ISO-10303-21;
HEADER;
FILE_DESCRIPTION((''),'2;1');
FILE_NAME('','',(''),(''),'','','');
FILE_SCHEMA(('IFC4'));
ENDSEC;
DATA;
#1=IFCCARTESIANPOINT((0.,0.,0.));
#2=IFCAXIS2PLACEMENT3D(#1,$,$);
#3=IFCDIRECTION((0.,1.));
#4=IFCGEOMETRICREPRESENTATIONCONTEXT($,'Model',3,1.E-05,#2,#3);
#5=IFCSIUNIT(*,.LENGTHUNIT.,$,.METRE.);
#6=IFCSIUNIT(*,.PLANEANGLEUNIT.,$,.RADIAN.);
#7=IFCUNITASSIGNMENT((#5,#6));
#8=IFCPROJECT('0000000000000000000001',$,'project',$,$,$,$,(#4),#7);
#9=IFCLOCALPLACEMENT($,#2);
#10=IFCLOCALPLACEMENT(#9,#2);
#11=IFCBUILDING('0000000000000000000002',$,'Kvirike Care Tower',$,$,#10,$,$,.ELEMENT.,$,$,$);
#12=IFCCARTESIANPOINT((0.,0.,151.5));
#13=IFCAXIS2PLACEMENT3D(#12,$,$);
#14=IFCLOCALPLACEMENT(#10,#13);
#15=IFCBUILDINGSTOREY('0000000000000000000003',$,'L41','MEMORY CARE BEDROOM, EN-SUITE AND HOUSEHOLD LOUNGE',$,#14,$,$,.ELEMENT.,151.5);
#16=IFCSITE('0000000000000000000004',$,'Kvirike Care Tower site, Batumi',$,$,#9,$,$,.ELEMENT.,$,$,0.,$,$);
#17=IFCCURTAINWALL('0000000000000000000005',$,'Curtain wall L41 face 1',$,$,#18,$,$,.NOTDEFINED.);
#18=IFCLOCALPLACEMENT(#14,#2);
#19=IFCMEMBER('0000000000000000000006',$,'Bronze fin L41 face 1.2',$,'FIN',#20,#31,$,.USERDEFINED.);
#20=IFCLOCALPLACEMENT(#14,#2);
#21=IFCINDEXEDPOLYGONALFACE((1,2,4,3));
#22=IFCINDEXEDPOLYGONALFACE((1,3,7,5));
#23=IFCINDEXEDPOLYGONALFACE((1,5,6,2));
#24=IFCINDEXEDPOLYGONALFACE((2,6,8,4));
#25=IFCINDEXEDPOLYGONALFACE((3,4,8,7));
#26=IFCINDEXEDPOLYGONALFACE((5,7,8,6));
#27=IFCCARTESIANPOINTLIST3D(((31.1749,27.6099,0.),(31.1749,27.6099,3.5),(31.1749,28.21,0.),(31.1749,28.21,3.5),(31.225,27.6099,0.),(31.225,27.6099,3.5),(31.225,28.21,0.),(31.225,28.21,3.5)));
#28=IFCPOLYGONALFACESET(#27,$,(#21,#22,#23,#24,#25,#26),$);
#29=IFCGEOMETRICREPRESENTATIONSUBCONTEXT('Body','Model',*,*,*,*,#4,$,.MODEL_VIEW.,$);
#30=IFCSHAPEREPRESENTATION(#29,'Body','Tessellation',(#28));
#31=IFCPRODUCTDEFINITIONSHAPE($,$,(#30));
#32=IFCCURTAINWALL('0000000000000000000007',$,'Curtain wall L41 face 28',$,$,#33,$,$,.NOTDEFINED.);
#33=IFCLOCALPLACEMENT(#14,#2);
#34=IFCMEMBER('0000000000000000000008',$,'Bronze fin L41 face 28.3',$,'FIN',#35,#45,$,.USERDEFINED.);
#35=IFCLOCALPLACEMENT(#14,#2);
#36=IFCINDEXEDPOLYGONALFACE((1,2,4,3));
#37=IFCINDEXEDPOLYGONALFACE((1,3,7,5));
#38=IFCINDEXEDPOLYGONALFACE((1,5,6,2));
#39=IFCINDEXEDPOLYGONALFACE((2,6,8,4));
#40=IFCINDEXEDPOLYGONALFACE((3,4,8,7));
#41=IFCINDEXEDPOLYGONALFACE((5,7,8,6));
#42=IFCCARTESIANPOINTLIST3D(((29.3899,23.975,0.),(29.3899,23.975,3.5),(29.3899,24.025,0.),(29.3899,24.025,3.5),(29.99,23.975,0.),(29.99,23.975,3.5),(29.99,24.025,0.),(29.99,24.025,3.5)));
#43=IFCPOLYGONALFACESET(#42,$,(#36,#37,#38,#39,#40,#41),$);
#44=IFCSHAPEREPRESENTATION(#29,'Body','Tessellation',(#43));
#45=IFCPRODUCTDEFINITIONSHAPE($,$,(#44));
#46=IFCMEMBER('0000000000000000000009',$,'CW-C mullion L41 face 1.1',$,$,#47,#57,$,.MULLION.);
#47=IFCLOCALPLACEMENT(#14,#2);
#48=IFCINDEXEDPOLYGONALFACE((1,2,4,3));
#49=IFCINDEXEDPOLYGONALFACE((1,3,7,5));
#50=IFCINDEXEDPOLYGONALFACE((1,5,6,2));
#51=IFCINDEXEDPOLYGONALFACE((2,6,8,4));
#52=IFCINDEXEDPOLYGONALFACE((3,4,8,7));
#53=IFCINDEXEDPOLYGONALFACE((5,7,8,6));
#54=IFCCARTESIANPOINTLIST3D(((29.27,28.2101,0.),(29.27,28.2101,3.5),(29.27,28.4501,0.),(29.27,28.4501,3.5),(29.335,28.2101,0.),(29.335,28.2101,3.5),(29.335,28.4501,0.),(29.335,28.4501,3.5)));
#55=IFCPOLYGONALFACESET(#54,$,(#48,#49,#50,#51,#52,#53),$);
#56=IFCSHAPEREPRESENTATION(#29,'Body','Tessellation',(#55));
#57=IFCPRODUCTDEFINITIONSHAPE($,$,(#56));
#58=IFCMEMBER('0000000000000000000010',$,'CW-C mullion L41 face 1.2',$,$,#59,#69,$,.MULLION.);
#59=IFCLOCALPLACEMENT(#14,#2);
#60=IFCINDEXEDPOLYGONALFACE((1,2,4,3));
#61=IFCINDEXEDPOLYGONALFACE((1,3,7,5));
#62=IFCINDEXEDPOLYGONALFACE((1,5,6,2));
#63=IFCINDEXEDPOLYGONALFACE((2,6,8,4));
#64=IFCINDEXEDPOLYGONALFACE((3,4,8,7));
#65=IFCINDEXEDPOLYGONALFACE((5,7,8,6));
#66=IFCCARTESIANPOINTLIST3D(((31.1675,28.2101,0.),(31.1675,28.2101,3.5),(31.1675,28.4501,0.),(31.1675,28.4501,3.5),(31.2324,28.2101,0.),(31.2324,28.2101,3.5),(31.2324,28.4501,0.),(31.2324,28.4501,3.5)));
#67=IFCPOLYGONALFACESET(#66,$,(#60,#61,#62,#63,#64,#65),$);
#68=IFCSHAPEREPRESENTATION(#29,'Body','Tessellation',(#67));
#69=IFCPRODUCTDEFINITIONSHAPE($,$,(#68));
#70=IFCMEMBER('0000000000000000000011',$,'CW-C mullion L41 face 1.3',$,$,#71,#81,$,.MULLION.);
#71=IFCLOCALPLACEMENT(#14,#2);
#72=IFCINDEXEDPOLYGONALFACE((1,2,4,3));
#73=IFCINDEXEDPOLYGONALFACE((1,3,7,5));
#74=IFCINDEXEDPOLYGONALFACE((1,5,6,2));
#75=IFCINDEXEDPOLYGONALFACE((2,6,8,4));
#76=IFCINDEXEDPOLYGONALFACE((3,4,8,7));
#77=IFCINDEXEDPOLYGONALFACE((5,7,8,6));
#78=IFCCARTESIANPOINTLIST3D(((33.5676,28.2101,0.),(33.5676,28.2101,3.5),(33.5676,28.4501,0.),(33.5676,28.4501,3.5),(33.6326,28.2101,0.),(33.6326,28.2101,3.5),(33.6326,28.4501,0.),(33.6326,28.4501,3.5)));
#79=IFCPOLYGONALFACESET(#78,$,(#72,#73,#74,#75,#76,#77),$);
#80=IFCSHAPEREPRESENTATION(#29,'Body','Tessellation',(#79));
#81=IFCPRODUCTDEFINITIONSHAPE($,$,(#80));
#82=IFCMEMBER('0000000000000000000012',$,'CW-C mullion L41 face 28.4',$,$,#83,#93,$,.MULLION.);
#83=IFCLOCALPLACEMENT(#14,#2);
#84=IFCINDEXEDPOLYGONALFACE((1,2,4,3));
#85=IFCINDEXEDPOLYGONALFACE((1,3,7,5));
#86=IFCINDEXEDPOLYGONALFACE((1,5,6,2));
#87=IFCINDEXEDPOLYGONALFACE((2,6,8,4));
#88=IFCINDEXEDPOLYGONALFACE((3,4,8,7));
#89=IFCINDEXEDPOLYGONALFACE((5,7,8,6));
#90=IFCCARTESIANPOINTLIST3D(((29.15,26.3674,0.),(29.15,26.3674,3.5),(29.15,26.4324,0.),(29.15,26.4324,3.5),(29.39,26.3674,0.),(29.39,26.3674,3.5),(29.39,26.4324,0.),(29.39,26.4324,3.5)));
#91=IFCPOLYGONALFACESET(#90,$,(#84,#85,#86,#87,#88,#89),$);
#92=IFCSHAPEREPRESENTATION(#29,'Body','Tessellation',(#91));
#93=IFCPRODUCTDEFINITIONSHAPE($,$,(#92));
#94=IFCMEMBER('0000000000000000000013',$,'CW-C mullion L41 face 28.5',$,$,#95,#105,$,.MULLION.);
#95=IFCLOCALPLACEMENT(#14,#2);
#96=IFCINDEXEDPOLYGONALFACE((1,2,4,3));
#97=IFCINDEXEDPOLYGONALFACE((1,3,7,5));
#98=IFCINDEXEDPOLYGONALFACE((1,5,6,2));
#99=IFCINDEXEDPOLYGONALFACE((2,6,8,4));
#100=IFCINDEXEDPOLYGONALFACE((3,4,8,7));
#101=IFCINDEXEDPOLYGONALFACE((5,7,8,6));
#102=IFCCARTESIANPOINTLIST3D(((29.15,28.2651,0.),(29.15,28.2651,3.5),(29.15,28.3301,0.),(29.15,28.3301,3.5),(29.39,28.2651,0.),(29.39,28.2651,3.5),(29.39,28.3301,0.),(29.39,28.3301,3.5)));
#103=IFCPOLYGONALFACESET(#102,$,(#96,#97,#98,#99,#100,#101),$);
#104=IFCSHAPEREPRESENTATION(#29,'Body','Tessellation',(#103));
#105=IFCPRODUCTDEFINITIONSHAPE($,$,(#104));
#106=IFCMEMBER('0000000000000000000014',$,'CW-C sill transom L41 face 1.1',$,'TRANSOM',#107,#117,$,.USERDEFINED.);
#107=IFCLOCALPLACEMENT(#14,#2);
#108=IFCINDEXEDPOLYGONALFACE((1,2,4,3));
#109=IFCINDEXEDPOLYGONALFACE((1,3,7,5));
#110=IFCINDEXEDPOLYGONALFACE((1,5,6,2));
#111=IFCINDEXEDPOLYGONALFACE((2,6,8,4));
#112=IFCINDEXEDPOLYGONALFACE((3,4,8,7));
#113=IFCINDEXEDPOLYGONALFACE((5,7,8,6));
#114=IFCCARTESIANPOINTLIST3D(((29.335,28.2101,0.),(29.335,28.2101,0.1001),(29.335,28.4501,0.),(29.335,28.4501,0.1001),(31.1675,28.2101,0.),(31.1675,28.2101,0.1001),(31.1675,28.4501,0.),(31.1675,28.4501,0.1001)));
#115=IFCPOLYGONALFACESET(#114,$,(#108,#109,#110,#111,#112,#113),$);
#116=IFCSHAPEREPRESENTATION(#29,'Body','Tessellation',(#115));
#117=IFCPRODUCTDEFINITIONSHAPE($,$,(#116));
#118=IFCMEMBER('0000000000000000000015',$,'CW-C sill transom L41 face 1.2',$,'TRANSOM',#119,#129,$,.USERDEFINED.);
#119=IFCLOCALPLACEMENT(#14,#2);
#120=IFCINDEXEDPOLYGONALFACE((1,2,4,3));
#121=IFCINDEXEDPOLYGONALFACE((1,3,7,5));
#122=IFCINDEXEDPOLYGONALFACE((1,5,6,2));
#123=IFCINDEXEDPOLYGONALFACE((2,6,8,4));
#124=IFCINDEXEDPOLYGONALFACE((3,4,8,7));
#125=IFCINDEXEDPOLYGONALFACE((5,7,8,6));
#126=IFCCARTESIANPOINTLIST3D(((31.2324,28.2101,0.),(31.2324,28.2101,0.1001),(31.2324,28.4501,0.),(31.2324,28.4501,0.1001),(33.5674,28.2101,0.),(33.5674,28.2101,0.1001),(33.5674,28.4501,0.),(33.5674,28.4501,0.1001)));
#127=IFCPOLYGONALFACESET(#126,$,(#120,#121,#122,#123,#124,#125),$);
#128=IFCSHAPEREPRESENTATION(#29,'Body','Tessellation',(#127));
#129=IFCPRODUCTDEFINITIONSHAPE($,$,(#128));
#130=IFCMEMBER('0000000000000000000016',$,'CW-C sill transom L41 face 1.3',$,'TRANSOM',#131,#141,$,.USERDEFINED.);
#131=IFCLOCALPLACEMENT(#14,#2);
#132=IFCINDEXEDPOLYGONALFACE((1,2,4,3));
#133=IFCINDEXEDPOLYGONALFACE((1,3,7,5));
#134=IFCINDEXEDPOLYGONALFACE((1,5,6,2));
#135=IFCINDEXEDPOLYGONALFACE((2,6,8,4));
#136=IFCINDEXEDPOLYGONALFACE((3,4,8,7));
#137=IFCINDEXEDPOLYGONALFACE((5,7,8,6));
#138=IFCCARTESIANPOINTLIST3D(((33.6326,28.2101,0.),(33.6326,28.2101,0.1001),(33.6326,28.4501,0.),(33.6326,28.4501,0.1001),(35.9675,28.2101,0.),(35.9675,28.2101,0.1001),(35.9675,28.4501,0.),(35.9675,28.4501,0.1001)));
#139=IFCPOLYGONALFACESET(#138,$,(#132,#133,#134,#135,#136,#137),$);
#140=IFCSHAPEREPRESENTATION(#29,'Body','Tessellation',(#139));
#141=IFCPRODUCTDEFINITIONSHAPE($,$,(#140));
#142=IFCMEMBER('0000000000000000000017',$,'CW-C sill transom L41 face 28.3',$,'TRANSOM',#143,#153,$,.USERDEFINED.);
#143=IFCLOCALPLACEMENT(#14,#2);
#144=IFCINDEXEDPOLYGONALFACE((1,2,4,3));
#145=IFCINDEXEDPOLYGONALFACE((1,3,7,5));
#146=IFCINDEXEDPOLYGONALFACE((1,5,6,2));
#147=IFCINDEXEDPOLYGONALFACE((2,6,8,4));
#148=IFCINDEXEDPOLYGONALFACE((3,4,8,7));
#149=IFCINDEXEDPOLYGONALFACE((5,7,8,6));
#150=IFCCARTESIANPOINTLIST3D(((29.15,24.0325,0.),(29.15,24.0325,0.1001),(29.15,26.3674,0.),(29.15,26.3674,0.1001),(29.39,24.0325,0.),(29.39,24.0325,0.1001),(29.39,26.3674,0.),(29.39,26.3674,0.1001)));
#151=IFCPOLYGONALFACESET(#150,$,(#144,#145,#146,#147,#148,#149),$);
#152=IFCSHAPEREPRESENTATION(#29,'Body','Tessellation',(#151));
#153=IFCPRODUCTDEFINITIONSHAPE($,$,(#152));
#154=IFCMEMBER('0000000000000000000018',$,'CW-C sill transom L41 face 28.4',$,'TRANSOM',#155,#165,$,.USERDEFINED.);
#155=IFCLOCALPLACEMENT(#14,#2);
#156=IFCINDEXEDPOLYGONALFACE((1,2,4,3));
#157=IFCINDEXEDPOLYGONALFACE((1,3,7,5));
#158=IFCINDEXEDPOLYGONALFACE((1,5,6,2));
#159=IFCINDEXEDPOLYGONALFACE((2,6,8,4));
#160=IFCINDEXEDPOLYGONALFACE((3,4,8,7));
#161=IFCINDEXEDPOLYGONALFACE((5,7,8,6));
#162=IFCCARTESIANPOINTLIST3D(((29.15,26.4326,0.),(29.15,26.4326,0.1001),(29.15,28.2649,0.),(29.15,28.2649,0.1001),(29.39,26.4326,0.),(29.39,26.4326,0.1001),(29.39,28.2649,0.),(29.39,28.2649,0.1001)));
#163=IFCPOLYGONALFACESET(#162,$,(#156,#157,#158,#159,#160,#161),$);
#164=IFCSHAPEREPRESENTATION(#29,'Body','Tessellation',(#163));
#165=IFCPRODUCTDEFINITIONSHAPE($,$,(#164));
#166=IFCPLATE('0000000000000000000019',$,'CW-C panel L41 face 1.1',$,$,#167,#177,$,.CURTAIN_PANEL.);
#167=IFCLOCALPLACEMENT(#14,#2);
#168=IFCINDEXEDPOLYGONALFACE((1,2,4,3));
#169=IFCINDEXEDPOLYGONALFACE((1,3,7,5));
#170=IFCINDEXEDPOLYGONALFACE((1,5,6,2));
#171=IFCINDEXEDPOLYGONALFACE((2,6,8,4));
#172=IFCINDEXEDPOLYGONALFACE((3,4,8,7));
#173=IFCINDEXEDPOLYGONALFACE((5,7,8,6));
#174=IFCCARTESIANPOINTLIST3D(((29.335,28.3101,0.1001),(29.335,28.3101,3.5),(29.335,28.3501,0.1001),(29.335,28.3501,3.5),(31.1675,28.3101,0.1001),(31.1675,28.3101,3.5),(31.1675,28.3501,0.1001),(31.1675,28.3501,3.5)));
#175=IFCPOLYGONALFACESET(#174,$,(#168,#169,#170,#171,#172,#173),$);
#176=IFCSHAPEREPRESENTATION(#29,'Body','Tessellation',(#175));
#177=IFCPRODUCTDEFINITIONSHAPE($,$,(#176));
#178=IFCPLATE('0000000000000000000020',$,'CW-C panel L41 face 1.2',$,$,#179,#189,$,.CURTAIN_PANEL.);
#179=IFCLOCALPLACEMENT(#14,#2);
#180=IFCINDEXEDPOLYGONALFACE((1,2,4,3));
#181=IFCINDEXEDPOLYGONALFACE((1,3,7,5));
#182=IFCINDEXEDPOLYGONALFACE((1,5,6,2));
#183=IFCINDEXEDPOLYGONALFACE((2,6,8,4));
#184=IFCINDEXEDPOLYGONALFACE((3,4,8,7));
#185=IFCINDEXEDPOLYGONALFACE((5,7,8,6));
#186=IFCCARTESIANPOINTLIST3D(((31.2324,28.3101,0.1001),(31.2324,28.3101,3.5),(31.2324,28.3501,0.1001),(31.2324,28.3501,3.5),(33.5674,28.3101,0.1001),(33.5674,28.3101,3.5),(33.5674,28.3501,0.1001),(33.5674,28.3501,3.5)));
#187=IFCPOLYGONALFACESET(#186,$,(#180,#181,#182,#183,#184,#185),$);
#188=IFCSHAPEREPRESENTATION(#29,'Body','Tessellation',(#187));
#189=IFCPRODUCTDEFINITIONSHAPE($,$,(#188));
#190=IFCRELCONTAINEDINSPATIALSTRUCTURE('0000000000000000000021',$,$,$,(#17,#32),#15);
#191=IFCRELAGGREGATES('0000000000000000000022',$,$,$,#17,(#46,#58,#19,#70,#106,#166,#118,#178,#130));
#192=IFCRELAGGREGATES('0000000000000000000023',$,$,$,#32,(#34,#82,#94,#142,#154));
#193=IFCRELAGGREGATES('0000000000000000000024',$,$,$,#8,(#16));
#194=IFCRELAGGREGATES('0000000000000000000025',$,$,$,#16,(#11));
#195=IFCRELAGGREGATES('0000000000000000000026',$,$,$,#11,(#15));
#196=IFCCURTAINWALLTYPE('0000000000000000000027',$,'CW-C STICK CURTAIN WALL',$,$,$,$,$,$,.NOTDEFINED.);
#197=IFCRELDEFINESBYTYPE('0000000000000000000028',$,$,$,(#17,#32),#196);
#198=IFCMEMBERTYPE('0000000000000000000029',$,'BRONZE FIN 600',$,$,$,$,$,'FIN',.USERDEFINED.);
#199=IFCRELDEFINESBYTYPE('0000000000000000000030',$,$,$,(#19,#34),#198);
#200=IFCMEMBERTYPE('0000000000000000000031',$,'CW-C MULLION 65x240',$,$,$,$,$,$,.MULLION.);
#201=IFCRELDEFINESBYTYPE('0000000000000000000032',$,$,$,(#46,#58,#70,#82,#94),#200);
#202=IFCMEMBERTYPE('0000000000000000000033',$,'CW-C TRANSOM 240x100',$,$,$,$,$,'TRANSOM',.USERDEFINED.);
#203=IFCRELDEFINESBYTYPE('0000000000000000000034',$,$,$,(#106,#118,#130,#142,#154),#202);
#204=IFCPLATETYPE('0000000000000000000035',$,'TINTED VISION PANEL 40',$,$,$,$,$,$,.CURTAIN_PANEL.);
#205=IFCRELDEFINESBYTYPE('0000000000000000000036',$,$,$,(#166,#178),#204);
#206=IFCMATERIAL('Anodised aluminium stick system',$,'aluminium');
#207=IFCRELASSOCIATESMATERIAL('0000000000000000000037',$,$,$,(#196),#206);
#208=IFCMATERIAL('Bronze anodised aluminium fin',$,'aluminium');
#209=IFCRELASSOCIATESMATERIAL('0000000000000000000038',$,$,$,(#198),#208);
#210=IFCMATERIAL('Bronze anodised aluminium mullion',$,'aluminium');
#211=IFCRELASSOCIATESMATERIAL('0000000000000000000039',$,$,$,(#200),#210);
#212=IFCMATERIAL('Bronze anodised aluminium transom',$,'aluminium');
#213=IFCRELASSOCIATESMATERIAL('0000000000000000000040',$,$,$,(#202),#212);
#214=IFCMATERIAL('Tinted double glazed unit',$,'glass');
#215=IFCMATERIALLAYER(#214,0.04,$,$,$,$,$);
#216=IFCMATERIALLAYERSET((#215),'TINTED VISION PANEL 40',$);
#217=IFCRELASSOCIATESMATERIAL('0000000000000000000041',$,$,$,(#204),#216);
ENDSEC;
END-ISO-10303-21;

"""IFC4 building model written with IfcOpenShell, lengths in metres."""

from ifc_helpers import new_model, si_unit, direction, frame, origin, origin_2d, place, context, subcontext, project, spatial, rectangle, extrude, material, layer, layer_set, material_profile, profile_set, type_object, element, aggregate, save


model = new_model("IFC4")

# Units and contexts
model_context = context("Model", 3, precision=1e-05, world=origin(), true_north=direction((0.0, 1.0)))
body_context = subcontext(model_context, "Body", "Model", "MODEL_VIEW")
ifc_project = project(units=[si_unit("LENGTHUNIT", "METRE"), si_unit("PLANEANGLEUNIT", "RADIAN")], contexts=[model_context])

# Site, building, storey
site_placement = place(None, origin())
site = spatial("IfcSite", under=ifc_project, at=site_placement, Name="Kvirike Care Tower site, Batumi", CompositionType="ELEMENT", RefElevation=0.0)
building_placement = place(site_placement, origin())
building = spatial("IfcBuilding", under=site, at=building_placement, Name="Kvirike Care Tower", CompositionType="ELEMENT")
storey_placement = place(building_placement, frame((0.0, 0.0, 151.5)))
storey = spatial("IfcBuildingStorey", under=building, at=storey_placement, Name="L41", Description="MEMORY CARE BEDROOM, EN-SUITE AND HOUSEHOLD LOUNGE", CompositionType="ELEMENT", Elevation=151.5)

# Curtain walls, members
ifc_material_1 = material(Name="Anodised aluminium stick system", Category="aluminium")
curtain_wall_type = type_object("IfcCurtainWallType", Name="CW-C STICK CURTAIN WALL", PredefinedType="NOTDEFINED", material=ifc_material_1)
curtain_wall_1_placement = place(storey_placement, origin())
curtain_wall_1 = element("IfcCurtainWall", 1, at=curtain_wall_1_placement, inside=storey, type_object=curtain_wall_type, Name="Curtain wall L41 face 1", PredefinedType="NOTDEFINED")
ifc_material_2 = material(Name="Bronze anodised aluminium fin", Category="aluminium")
ifc_material_profile_1 = material_profile(ifc_material_2, rectangle(XDim=0.05, YDim=0.6001, at=origin_2d()), Name="BRONZE FIN 600")
ifc_profile_set_1 = profile_set([ifc_material_profile_1], Name="Bronze anodised aluminium fin")
member_type_1 = type_object("IfcMemberType", Name="BRONZE FIN 600", ElementType="FIN", PredefinedType="USERDEFINED", material=ifc_profile_set_1)
member_1_placement = place(storey_placement, frame((31.2, 27.9099, 0.0), z_axis=(0.0, 0.0, 1.0), x_axis=(1.0, 0.0, 0.0)))
member_1 = element("IfcMember", 2, at=member_1_placement, type_object=member_type_1, Name="Bronze fin L41 face 1.2", ObjectType="FIN", PredefinedType="USERDEFINED", context=body_context, shape_type="SweptSolid", body=[
    extrude(rectangle(XDim=0.05, YDim=0.6001, at=origin_2d()), origin(), (0.0, 0.0, 1.0), 3.5),
])
curtain_wall_2_placement = place(storey_placement, origin())
curtain_wall_2 = element("IfcCurtainWall", 3, at=curtain_wall_2_placement, inside=storey, type_object=curtain_wall_type, Name="Curtain wall L41 face 28", PredefinedType="NOTDEFINED")
member_2_placement = place(storey_placement, frame((29.6899, 24.0, 0.0), z_axis=(0.0, 0.0, 1.0), x_axis=(0.0, 1.0, 0.0)))
member_2 = element("IfcMember", 4, at=member_2_placement, type_object=member_type_1, Name="Bronze fin L41 face 28.3", ObjectType="FIN", PredefinedType="USERDEFINED", context=body_context, shape_type="SweptSolid", body=[
    extrude(rectangle(XDim=0.05, YDim=0.6001, at=origin_2d()), origin(), (0.0, 0.0, 1.0), 3.5),
])

# Members
ifc_material_3 = material(Name="Bronze anodised aluminium mullion", Category="aluminium")
ifc_material_profile_2 = material_profile(ifc_material_3, rectangle(XDim=0.0649, YDim=0.24, at=origin_2d()), Name="CW-C MULLION 65x240")
ifc_profile_set_2 = profile_set([ifc_material_profile_2], Name="Bronze anodised aluminium mullion")
member_type_2 = type_object("IfcMemberType", Name="CW-C MULLION 65x240", PredefinedType="MULLION", material=ifc_profile_set_2)
member_3_placement = place(storey_placement, frame((29.3025, 28.3301, 0.0), z_axis=(0.0, 0.0, 1.0), x_axis=(1.0, 0.0, 0.0)))
member_3 = element("IfcMember", 5, at=member_3_placement, type_object=member_type_2, Name="CW-C mullion L41 face 1.1", PredefinedType="MULLION", context=body_context, shape_type="SweptSolid", body=[
    extrude(rectangle(XDim=0.0649, YDim=0.24, at=origin_2d()), origin(), (0.0, 0.0, 1.0), 3.5),
])
member_4_placement = place(storey_placement, frame((31.2, 28.3301, 0.0), z_axis=(0.0, 0.0, 1.0), x_axis=(1.0, 0.0, 0.0)))
member_4 = element("IfcMember", 6, at=member_4_placement, type_object=member_type_2, Name="CW-C mullion L41 face 1.2", PredefinedType="MULLION", context=body_context, shape_type="SweptSolid", body=[
    extrude(rectangle(XDim=0.0649, YDim=0.24, at=origin_2d()), origin(), (0.0, 0.0, 1.0), 3.5),
])
member_5_placement = place(storey_placement, frame((33.6001, 28.3301, 0.0), z_axis=(0.0, 0.0, 1.0), x_axis=(1.0, 0.0, 0.0)))
member_5 = element("IfcMember", 7, at=member_5_placement, type_object=member_type_2, Name="CW-C mullion L41 face 1.3", PredefinedType="MULLION", context=body_context, shape_type="SweptSolid", body=[
    extrude(rectangle(XDim=0.0649, YDim=0.24, at=origin_2d()), origin(), (0.0, 0.0, 1.0), 3.5),
])
member_6_placement = place(storey_placement, frame((29.27, 26.3999, 0.0), z_axis=(0.0, 0.0, 1.0), x_axis=(0.0, 1.0, 0.0)))
member_6 = element("IfcMember", 8, at=member_6_placement, type_object=member_type_2, Name="CW-C mullion L41 face 28.4", PredefinedType="MULLION", context=body_context, shape_type="SweptSolid", body=[
    extrude(rectangle(XDim=0.0649, YDim=0.24, at=origin_2d()), origin(), (0.0, 0.0, 1.0), 3.5),
])
member_7_placement = place(storey_placement, frame((29.27, 28.2976, 0.0), z_axis=(0.0, 0.0, 1.0), x_axis=(0.0, 1.0, 0.0)))
member_7 = element("IfcMember", 9, at=member_7_placement, type_object=member_type_2, Name="CW-C mullion L41 face 28.5", PredefinedType="MULLION", context=body_context, shape_type="SweptSolid", body=[
    extrude(rectangle(XDim=0.0649, YDim=0.24, at=origin_2d()), origin(), (0.0, 0.0, 1.0), 3.5),
])
ifc_material_4 = material(Name="Bronze anodised aluminium transom", Category="aluminium")
ifc_material_profile_3 = material_profile(ifc_material_4, rectangle(XDim=0.24, YDim=0.1001, at=origin_2d()), Name="CW-C TRANSOM 240x100")
ifc_profile_set_3 = profile_set([ifc_material_profile_3], Name="Bronze anodised aluminium transom")
member_type_3 = type_object("IfcMemberType", Name="CW-C TRANSOM 240x100", ElementType="TRANSOM", PredefinedType="USERDEFINED", material=ifc_profile_set_3)
member_8_placement = place(storey_placement, frame((29.335, 28.3301, 0.05), z_axis=(1.0, 0.0, 0.0), x_axis=(0.0, 1.0, 0.0)))
member_8 = element("IfcMember", 10, at=member_8_placement, type_object=member_type_3, Name="CW-C sill transom L41 face 1.1", ObjectType="TRANSOM", PredefinedType="USERDEFINED", context=body_context, shape_type="SweptSolid", body=[
    extrude(rectangle(XDim=0.24, YDim=0.1001, at=origin_2d()), origin(), (0.0, 0.0, 1.0), 1.8325),
])
member_9_placement = place(storey_placement, frame((31.2324, 28.3301, 0.05), z_axis=(1.0, 0.0, 0.0), x_axis=(0.0, 1.0, 0.0)))
member_9 = element("IfcMember", 11, at=member_9_placement, type_object=member_type_3, Name="CW-C sill transom L41 face 1.2", ObjectType="TRANSOM", PredefinedType="USERDEFINED", context=body_context, shape_type="SweptSolid", body=[
    extrude(rectangle(XDim=0.24, YDim=0.1001, at=origin_2d()), origin(), (0.0, 0.0, 1.0), 2.335),
])
member_10_placement = place(storey_placement, frame((33.6326, 28.3301, 0.05), z_axis=(1.0, 0.0, 0.0), x_axis=(0.0, 1.0, 0.0)))
member_10 = element("IfcMember", 12, at=member_10_placement, type_object=member_type_3, Name="CW-C sill transom L41 face 1.3", ObjectType="TRANSOM", PredefinedType="USERDEFINED", context=body_context, shape_type="SweptSolid", body=[
    extrude(rectangle(XDim=0.24, YDim=0.1001, at=origin_2d()), origin(), (0.0, 0.0, 1.0), 2.335),
])
member_11_placement = place(storey_placement, frame((29.27, 24.0325, 0.05), z_axis=(0.0, 1.0, 0.0), x_axis=(-1.0, 0.0, 0.0)))
member_11 = element("IfcMember", 13, at=member_11_placement, type_object=member_type_3, Name="CW-C sill transom L41 face 28.3", ObjectType="TRANSOM", PredefinedType="USERDEFINED", context=body_context, shape_type="SweptSolid", body=[
    extrude(rectangle(XDim=0.24, YDim=0.1001, at=origin_2d()), origin(), (0.0, 0.0, 1.0), 2.335),
])
member_12_placement = place(storey_placement, frame((29.27, 26.4326, 0.05), z_axis=(0.0, 1.0, 0.0), x_axis=(-1.0, 0.0, 0.0)))
member_12 = element("IfcMember", 14, at=member_12_placement, type_object=member_type_3, Name="CW-C sill transom L41 face 28.4", ObjectType="TRANSOM", PredefinedType="USERDEFINED", context=body_context, shape_type="SweptSolid", body=[
    extrude(rectangle(XDim=0.24, YDim=0.1001, at=origin_2d()), origin(), (0.0, 0.0, 1.0), 1.8323),
])

# Plates
ifc_material_5 = material(Name="Tinted double glazed unit", Category="glass")
ifc_layer = layer(ifc_material_5, 0.04)
ifc_layer_set = layer_set([ifc_layer], Name="TINTED VISION PANEL 40")
plate_type = type_object("IfcPlateType", Name="TINTED VISION PANEL 40", PredefinedType="CURTAIN_PANEL", material=ifc_layer_set)
plate_1_placement = place(storey_placement, frame((30.2512, 28.3301, 0.1001), z_axis=(0.0, 0.0, 1.0), x_axis=(1.0, 0.0, 0.0)))
plate_1 = element("IfcPlate", 15, at=plate_1_placement, type_object=plate_type, Name="CW-C panel L41 face 1.1", PredefinedType="CURTAIN_PANEL", context=body_context, shape_type="SweptSolid", body=[
    extrude(rectangle(XDim=1.8325, YDim=0.04, at=origin_2d()), origin(), (0.0, 0.0, 1.0), 3.3999),
])
plate_2_placement = place(storey_placement, frame((32.3999, 28.3301, 0.1001), z_axis=(0.0, 0.0, 1.0), x_axis=(1.0, 0.0, 0.0)))
plate_2 = element("IfcPlate", 16, at=plate_2_placement, type_object=plate_type, Name="CW-C panel L41 face 1.2", PredefinedType="CURTAIN_PANEL", context=body_context, shape_type="SweptSolid", body=[
    extrude(rectangle(XDim=2.335, YDim=0.04, at=origin_2d()), origin(), (0.0, 0.0, 1.0), 3.3999),
])
aggregate(curtain_wall_1, [member_3, member_4, member_1, member_5, member_8, plate_1, member_9, plate_2, member_10])
aggregate(curtain_wall_2, [member_2, member_6, member_7, member_11, member_12])

save(model, "model.ifc")
